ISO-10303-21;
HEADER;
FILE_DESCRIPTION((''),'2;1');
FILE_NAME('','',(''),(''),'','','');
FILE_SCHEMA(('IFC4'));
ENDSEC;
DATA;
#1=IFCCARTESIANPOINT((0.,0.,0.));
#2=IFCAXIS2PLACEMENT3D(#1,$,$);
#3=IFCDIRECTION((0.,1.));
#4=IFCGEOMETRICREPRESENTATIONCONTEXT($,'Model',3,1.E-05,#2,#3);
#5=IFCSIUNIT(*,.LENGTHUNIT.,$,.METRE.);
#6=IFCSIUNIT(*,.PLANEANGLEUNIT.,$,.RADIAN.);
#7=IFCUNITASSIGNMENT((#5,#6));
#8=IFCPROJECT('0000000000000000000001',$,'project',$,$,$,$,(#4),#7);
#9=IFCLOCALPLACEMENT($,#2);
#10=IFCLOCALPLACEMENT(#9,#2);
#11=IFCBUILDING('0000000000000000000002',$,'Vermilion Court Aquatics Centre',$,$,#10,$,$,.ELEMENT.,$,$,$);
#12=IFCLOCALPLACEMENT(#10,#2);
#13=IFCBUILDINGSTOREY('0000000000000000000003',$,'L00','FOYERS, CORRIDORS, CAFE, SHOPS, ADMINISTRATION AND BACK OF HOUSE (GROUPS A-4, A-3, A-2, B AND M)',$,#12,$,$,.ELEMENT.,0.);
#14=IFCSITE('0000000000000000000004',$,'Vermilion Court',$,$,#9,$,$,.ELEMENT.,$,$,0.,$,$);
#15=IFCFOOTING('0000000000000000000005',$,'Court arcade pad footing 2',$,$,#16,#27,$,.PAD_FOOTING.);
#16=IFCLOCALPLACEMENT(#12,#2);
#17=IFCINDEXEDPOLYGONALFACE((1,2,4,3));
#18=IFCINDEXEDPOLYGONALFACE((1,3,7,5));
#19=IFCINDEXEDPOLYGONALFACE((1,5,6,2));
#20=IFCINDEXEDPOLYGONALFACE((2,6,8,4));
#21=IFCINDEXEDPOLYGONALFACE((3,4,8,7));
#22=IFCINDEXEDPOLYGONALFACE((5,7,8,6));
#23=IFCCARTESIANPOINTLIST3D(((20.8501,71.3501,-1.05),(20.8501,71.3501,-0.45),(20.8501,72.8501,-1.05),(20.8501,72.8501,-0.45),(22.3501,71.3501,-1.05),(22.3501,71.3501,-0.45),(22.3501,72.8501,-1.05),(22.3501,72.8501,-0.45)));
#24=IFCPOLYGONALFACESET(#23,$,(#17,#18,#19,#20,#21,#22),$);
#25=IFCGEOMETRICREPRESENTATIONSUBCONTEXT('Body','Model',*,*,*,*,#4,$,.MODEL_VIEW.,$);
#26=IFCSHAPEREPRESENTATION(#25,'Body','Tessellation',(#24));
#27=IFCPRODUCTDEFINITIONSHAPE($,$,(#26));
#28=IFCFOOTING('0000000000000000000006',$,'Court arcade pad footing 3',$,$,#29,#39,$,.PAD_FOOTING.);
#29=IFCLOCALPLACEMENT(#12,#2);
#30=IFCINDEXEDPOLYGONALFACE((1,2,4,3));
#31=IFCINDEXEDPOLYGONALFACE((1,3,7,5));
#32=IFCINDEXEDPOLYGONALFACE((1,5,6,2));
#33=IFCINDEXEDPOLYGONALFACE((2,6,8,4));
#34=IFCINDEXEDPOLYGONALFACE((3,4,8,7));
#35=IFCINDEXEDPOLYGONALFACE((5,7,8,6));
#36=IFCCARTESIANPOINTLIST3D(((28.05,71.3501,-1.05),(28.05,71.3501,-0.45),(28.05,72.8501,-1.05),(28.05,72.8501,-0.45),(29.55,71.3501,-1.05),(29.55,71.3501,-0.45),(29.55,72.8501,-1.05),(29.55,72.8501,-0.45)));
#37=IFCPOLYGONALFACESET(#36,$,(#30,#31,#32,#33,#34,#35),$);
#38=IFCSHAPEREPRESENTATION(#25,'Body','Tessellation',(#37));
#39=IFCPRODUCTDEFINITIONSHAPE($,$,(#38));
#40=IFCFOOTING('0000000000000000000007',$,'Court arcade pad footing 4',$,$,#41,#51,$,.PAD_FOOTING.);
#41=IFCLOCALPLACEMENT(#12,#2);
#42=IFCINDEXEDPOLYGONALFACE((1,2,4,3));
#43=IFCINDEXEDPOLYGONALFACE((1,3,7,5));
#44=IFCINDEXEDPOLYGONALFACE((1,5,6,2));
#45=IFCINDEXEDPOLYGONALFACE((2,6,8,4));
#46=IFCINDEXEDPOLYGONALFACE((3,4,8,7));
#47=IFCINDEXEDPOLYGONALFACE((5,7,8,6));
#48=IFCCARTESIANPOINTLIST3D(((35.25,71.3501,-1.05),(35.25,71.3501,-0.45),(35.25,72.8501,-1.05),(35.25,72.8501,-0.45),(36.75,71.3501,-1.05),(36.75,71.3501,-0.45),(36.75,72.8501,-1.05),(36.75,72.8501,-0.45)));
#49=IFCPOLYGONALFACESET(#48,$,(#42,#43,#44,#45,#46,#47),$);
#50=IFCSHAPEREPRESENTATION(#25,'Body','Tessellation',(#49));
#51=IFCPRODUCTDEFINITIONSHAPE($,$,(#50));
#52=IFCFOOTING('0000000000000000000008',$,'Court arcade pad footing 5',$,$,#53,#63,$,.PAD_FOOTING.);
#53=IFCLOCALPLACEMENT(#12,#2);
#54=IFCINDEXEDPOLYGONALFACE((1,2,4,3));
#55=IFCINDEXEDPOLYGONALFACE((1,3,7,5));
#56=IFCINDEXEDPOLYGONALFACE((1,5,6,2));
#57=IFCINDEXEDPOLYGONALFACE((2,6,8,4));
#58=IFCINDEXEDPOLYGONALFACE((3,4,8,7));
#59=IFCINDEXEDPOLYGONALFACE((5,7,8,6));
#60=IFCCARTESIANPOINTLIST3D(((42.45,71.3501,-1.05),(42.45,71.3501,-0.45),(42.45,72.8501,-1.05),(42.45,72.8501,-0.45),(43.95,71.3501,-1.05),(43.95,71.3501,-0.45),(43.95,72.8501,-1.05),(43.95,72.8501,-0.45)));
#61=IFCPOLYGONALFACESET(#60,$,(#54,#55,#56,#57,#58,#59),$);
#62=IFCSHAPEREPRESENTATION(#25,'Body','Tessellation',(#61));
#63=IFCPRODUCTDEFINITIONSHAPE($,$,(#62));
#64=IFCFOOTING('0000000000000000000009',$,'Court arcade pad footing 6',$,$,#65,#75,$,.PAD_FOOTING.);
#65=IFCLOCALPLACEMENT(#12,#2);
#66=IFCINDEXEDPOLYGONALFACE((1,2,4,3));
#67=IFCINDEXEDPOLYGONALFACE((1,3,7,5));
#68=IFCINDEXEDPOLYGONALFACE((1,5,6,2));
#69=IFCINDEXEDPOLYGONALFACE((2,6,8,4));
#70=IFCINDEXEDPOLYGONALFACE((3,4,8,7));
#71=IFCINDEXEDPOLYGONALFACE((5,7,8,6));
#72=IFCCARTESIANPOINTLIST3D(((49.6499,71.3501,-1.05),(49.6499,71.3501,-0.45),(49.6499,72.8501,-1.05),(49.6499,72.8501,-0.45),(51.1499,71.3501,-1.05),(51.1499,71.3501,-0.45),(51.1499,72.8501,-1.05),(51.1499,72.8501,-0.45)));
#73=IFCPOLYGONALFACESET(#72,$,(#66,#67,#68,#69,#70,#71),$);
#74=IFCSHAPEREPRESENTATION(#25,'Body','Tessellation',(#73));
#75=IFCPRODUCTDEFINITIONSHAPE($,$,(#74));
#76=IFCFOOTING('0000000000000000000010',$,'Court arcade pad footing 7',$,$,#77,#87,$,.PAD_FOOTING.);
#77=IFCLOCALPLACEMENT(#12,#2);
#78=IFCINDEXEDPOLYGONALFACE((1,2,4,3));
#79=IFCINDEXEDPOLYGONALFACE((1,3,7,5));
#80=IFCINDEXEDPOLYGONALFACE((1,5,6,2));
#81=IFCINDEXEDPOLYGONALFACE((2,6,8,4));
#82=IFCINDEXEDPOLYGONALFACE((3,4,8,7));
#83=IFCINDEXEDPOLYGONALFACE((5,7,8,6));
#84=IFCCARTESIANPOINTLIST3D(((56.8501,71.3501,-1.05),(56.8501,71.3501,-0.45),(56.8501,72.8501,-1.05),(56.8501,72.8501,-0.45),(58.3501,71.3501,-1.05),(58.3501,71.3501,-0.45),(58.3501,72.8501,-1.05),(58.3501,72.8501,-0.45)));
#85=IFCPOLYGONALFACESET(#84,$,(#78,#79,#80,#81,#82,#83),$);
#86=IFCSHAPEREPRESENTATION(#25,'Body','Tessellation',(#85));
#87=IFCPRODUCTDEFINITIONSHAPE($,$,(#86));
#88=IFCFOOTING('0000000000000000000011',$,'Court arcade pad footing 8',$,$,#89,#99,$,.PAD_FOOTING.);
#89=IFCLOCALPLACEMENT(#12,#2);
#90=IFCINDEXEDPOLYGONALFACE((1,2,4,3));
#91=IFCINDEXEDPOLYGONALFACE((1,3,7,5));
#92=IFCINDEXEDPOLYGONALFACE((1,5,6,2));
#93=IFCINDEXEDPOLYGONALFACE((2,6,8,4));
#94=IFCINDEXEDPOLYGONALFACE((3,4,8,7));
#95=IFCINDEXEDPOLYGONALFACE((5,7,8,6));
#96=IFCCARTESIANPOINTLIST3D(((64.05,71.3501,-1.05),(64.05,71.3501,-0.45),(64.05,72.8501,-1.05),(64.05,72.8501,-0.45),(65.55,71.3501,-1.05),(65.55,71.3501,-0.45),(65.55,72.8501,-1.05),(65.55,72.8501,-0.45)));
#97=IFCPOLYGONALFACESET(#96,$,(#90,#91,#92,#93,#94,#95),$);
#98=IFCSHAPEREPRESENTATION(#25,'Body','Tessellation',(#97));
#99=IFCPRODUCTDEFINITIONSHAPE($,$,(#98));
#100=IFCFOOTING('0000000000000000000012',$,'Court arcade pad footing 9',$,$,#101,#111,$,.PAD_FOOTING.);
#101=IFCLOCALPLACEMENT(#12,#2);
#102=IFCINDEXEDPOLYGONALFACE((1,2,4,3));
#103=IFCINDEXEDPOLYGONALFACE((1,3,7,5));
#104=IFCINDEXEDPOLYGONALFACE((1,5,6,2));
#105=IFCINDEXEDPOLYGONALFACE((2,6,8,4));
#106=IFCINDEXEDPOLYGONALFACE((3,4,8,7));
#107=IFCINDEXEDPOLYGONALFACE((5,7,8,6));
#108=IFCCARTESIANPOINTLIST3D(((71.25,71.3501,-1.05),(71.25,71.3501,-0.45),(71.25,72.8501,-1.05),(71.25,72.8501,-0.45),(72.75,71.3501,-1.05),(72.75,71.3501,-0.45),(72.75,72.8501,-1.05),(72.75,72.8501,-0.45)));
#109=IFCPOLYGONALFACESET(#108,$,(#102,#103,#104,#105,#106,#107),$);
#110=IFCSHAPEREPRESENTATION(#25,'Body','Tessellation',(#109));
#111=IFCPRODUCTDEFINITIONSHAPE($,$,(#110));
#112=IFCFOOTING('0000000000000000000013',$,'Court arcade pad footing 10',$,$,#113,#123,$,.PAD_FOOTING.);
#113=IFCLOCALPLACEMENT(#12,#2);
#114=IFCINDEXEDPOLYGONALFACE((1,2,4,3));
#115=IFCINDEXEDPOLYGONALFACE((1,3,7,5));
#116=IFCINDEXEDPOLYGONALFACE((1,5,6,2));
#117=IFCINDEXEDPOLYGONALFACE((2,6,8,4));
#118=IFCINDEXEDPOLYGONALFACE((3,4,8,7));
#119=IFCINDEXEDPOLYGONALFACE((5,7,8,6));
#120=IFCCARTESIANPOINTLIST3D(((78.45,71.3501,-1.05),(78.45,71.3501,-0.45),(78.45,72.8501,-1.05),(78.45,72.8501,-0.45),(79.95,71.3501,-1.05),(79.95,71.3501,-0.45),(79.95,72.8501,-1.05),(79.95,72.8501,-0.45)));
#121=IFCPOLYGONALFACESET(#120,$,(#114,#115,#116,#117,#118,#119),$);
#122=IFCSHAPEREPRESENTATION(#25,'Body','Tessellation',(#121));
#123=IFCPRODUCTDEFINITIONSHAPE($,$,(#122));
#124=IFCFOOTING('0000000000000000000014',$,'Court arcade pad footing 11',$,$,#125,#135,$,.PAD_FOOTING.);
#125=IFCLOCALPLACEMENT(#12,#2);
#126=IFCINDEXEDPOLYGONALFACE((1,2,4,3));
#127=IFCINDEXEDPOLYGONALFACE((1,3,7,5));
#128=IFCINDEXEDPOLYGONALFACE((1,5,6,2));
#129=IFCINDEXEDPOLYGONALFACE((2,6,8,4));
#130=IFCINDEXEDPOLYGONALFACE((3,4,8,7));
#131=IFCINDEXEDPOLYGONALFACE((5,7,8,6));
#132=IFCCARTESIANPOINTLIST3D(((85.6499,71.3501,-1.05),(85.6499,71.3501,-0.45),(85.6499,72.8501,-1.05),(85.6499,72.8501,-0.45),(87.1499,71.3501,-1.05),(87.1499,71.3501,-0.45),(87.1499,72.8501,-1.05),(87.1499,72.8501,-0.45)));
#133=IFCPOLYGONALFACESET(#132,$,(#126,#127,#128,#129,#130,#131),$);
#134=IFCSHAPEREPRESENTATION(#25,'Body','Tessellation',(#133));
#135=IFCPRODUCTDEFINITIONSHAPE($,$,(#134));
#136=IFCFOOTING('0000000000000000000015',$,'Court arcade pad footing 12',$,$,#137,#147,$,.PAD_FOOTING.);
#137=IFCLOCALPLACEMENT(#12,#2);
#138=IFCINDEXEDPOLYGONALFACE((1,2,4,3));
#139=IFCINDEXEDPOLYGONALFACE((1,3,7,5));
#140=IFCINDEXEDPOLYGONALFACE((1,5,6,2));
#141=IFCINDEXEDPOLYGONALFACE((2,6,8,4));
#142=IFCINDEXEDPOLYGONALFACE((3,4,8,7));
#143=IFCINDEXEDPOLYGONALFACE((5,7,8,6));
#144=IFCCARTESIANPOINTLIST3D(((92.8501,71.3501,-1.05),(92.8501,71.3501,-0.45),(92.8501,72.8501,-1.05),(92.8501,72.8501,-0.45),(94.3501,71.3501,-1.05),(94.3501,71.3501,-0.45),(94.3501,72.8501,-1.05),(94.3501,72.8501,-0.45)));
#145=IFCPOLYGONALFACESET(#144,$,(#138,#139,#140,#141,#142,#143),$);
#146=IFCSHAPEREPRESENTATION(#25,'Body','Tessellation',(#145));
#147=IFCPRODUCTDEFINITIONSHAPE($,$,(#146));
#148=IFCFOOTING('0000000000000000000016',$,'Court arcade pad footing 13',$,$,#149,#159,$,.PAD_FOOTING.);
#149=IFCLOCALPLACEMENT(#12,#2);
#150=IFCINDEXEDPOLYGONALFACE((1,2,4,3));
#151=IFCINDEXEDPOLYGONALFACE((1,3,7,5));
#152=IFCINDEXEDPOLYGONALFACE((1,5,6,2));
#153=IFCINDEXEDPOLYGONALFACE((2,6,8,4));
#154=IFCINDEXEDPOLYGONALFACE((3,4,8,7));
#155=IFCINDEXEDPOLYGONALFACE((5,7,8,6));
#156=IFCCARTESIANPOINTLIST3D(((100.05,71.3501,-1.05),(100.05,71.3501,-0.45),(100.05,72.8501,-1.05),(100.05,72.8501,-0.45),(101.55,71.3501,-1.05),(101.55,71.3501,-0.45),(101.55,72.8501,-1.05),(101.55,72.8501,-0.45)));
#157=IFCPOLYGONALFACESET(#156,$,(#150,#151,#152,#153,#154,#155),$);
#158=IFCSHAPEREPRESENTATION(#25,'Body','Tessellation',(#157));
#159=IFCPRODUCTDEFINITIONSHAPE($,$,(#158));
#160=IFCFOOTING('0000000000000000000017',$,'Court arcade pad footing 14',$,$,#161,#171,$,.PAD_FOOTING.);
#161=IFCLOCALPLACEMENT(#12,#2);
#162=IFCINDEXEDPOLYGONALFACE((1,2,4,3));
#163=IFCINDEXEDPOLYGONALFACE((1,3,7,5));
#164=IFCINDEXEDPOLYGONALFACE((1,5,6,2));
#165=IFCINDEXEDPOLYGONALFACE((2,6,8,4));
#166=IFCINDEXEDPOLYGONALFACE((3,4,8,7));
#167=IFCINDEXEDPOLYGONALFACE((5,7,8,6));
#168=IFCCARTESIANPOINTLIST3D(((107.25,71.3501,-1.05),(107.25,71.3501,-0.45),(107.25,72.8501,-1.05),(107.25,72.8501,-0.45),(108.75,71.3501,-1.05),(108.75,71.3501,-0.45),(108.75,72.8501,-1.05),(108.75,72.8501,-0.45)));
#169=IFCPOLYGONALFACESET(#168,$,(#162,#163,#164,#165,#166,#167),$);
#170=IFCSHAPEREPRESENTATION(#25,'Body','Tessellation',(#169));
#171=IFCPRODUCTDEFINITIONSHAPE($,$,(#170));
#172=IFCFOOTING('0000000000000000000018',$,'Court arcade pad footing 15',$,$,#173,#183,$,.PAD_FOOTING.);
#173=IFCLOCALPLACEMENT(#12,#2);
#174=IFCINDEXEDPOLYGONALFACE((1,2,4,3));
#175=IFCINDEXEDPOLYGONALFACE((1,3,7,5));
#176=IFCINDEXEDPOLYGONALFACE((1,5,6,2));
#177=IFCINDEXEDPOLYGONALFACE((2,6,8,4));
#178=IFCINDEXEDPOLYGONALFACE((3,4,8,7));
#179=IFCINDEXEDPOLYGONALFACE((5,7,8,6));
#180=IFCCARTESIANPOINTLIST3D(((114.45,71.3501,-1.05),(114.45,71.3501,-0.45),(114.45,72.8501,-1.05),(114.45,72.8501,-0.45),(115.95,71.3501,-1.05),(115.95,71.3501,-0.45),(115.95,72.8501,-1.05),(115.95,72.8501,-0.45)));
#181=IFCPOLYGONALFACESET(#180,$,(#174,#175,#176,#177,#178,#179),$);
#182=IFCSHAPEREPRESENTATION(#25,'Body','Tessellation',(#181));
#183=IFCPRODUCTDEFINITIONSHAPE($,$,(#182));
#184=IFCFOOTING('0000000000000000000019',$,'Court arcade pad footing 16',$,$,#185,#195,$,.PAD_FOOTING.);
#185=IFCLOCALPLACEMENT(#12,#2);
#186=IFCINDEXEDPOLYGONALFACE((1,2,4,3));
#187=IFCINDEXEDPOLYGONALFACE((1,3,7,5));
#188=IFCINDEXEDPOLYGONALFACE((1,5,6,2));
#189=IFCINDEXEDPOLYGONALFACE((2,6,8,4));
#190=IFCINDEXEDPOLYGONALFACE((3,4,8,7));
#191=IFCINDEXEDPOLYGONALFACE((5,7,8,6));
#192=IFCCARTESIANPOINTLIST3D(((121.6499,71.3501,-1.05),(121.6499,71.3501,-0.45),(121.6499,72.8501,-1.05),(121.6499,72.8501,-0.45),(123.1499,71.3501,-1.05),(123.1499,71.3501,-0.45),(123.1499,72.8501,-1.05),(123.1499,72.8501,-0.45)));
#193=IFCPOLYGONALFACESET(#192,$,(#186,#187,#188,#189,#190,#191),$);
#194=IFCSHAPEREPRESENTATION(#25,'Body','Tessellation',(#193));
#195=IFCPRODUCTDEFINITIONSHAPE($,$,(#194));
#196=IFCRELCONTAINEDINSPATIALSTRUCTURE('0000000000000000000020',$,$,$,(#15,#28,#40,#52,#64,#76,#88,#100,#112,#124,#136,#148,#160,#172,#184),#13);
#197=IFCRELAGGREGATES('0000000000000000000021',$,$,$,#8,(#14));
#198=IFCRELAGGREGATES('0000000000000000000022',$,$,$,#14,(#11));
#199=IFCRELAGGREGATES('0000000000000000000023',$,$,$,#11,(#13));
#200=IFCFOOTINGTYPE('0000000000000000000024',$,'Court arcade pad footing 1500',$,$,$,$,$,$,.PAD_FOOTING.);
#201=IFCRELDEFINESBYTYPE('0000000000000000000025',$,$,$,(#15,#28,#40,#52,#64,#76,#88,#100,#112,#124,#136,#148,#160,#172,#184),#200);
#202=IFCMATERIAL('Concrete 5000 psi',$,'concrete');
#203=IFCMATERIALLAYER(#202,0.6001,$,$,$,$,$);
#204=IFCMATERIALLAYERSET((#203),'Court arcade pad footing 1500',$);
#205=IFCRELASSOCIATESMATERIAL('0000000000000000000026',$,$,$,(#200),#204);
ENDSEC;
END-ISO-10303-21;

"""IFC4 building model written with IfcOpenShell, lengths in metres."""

from ifc_helpers import new_model, si_unit, direction, frame, origin, place, context, subcontext, project, spatial, polyline, outline, extrude, material, layer, layer_set, type_object, element, save


model = new_model("IFC4")

# Units and contexts
model_context = context("Model", 3, precision=1e-05, world=origin(), true_north=direction((0.0, 1.0)))
body_context = subcontext(model_context, "Body", "Model", "MODEL_VIEW")
ifc_project = project(units=[si_unit("LENGTHUNIT", "METRE"), si_unit("PLANEANGLEUNIT", "RADIAN")], contexts=[model_context])

# Site, building, storey
site_placement = place(None, origin())
site = spatial("IfcSite", under=ifc_project, at=site_placement, Name="Vermilion Court", CompositionType="ELEMENT", RefElevation=0.0)
building_placement = place(site_placement, origin())
building = spatial("IfcBuilding", under=site, at=building_placement, Name="Vermilion Court Aquatics Centre", CompositionType="ELEMENT")
storey_placement = place(building_placement, origin())
storey = spatial("IfcBuildingStorey", under=building, at=storey_placement, Name="L00", Description="FOYERS, CORRIDORS, CAFE, SHOPS, ADMINISTRATION AND BACK OF HOUSE (GROUPS A-4, A-3, A-2, B AND M)", CompositionType="ELEMENT", Elevation=0.0)

# Footings
ifc_material_1 = material(Name="Concrete 5000 psi", Category="concrete")
ifc_layer_1 = layer(ifc_material_1, 0.6001)
ifc_layer_set_1 = layer_set([ifc_layer_1], Name="Court arcade pad footing 1500")
footing_type = type_object("IfcFootingType", Name="Court arcade pad footing 1500", PredefinedType="PAD_FOOTING", material=ifc_layer_set_1)
footing_1_placement = place(storey_placement, frame((0.0, 0.0, -1.05)))
element("IfcFooting", 1, at=footing_1_placement, inside=storey, type_object=footing_type, Name="Court arcade pad footing 2", PredefinedType="PAD_FOOTING", context=body_context, shape_type="SweptSolid", body=[
    extrude(outline(polyline([(20.8501, 71.3501), (22.3501, 71.3501), (22.3501, 72.8501), (20.8501, 72.8501), (20.8501, 71.3501)])), origin(), (0.0, 0.0, 1.0), 0.6001),
])
footing_2_placement = place(storey_placement, frame((0.0, 0.0, -1.05)))
element("IfcFooting", 2, at=footing_2_placement, inside=storey, type_object=footing_type, Name="Court arcade pad footing 3", PredefinedType="PAD_FOOTING", context=body_context, shape_type="SweptSolid", body=[
    extrude(outline(polyline([(28.05, 71.3501), (29.55, 71.3501), (29.55, 72.8501), (28.05, 72.8501), (28.05, 71.3501)])), origin(), (0.0, 0.0, 1.0), 0.6001),
])
footing_3_placement = place(storey_placement, frame((0.0, 0.0, -1.05)))
element("IfcFooting", 3, at=footing_3_placement, inside=storey, type_object=footing_type, Name="Court arcade pad footing 4", PredefinedType="PAD_FOOTING", context=body_context, shape_type="SweptSolid", body=[
    extrude(outline(polyline([(35.25, 71.3501), (36.75, 71.3501), (36.75, 72.8501), (35.25, 72.8501), (35.25, 71.3501)])), origin(), (0.0, 0.0, 1.0), 0.6001),
])
footing_4_placement = place(storey_placement, frame((0.0, 0.0, -1.05)))
element("IfcFooting", 4, at=footing_4_placement, inside=storey, type_object=footing_type, Name="Court arcade pad footing 5", PredefinedType="PAD_FOOTING", context=body_context, shape_type="SweptSolid", body=[
    extrude(outline(polyline([(42.45, 71.3501), (43.95, 71.3501), (43.95, 72.8501), (42.45, 72.8501), (42.45, 71.3501)])), origin(), (0.0, 0.0, 1.0), 0.6001),
])
footing_5_placement = place(storey_placement, frame((0.0, 0.0, -1.05)))
element("IfcFooting", 5, at=footing_5_placement, inside=storey, type_object=footing_type, Name="Court arcade pad footing 6", PredefinedType="PAD_FOOTING", context=body_context, shape_type="SweptSolid", body=[
    extrude(outline(polyline([(49.6499, 71.3501), (51.1499, 71.3501), (51.1499, 72.8501), (49.6499, 72.8501), (49.6499, 71.3501)])), origin(), (0.0, 0.0, 1.0), 0.6001),
])
footing_6_placement = place(storey_placement, frame((0.0, 0.0, -1.05)))
element("IfcFooting", 6, at=footing_6_placement, inside=storey, type_object=footing_type, Name="Court arcade pad footing 7", PredefinedType="PAD_FOOTING", context=body_context, shape_type="SweptSolid", body=[
    extrude(outline(polyline([(56.8501, 71.3501), (58.3501, 71.3501), (58.3501, 72.8501), (56.8501, 72.8501), (56.8501, 71.3501)])), origin(), (0.0, 0.0, 1.0), 0.6001),
])
footing_7_placement = place(storey_placement, frame((0.0, 0.0, -1.05)))
element("IfcFooting", 7, at=footing_7_placement, inside=storey, type_object=footing_type, Name="Court arcade pad footing 8", PredefinedType="PAD_FOOTING", context=body_context, shape_type="SweptSolid", body=[
    extrude(outline(polyline([(64.05, 71.3501), (65.55, 71.3501), (65.55, 72.8501), (64.05, 72.8501), (64.05, 71.3501)])), origin(), (0.0, 0.0, 1.0), 0.6001),
])
footing_8_placement = place(storey_placement, frame((0.0, 0.0, -1.05)))
element("IfcFooting", 8, at=footing_8_placement, inside=storey, type_object=footing_type, Name="Court arcade pad footing 9", PredefinedType="PAD_FOOTING", context=body_context, shape_type="SweptSolid", body=[
    extrude(outline(polyline([(71.25, 71.3501), (72.75, 71.3501), (72.75, 72.8501), (71.25, 72.8501), (71.25, 71.3501)])), origin(), (0.0, 0.0, 1.0), 0.6001),
])
footing_9_placement = place(storey_placement, frame((0.0, 0.0, -1.05)))
element("IfcFooting", 9, at=footing_9_placement, inside=storey, type_object=footing_type, Name="Court arcade pad footing 10", PredefinedType="PAD_FOOTING", context=body_context, shape_type="SweptSolid", body=[
    extrude(outline(polyline([(78.45, 71.3501), (79.95, 71.3501), (79.95, 72.8501), (78.45, 72.8501), (78.45, 71.3501)])), origin(), (0.0, 0.0, 1.0), 0.6001),
])
footing_10_placement = place(storey_placement, frame((0.0, 0.0, -1.05)))
element("IfcFooting", 10, at=footing_10_placement, inside=storey, type_object=footing_type, Name="Court arcade pad footing 11", PredefinedType="PAD_FOOTING", context=body_context, shape_type="SweptSolid", body=[
    extrude(outline(polyline([(85.6499, 71.3501), (87.1499, 71.3501), (87.1499, 72.8501), (85.6499, 72.8501), (85.6499, 71.3501)])), origin(), (0.0, 0.0, 1.0), 0.6001),
])
footing_11_placement = place(storey_placement, frame((0.0, 0.0, -1.05)))
element("IfcFooting", 11, at=footing_11_placement, inside=storey, type_object=footing_type, Name="Court arcade pad footing 12", PredefinedType="PAD_FOOTING", context=body_context, shape_type="SweptSolid", body=[
    extrude(outline(polyline([(92.8501, 71.3501), (94.3501, 71.3501), (94.3501, 72.8501), (92.8501, 72.8501), (92.8501, 71.3501)])), origin(), (0.0, 0.0, 1.0), 0.6001),
])
footing_12_placement = place(storey_placement, frame((0.0, 0.0, -1.05)))
element("IfcFooting", 12, at=footing_12_placement, inside=storey, type_object=footing_type, Name="Court arcade pad footing 13", PredefinedType="PAD_FOOTING", context=body_context, shape_type="SweptSolid", body=[
    extrude(outline(polyline([(100.05, 71.3501), (101.55, 71.3501), (101.55, 72.8501), (100.05, 72.8501), (100.05, 71.3501)])), origin(), (0.0, 0.0, 1.0), 0.6001),
])
footing_13_placement = place(storey_placement, frame((0.0, 0.0, -1.05)))
element("IfcFooting", 13, at=footing_13_placement, inside=storey, type_object=footing_type, Name="Court arcade pad footing 14", PredefinedType="PAD_FOOTING", context=body_context, shape_type="SweptSolid", body=[
    extrude(outline(polyline([(107.25, 71.3501), (108.75, 71.3501), (108.75, 72.8501), (107.25, 72.8501), (107.25, 71.3501)])), origin(), (0.0, 0.0, 1.0), 0.6001),
])
footing_14_placement = place(storey_placement, frame((0.0, 0.0, -1.05)))
element("IfcFooting", 14, at=footing_14_placement, inside=storey, type_object=footing_type, Name="Court arcade pad footing 15", PredefinedType="PAD_FOOTING", context=body_context, shape_type="SweptSolid", body=[
    extrude(outline(polyline([(114.45, 71.3501), (115.95, 71.3501), (115.95, 72.8501), (114.45, 72.8501), (114.45, 71.3501)])), origin(), (0.0, 0.0, 1.0), 0.6001),
])
footing_15_placement = place(storey_placement, frame((0.0, 0.0, -1.05)))
element("IfcFooting", 15, at=footing_15_placement, inside=storey, type_object=footing_type, Name="Court arcade pad footing 16", PredefinedType="PAD_FOOTING", context=body_context, shape_type="SweptSolid", body=[
    extrude(outline(polyline([(121.6499, 71.3501), (123.1499, 71.3501), (123.1499, 72.8501), (121.6499, 72.8501), (121.6499, 71.3501)])), origin(), (0.0, 0.0, 1.0), 0.6001),
])

save(model, "model.ifc")
